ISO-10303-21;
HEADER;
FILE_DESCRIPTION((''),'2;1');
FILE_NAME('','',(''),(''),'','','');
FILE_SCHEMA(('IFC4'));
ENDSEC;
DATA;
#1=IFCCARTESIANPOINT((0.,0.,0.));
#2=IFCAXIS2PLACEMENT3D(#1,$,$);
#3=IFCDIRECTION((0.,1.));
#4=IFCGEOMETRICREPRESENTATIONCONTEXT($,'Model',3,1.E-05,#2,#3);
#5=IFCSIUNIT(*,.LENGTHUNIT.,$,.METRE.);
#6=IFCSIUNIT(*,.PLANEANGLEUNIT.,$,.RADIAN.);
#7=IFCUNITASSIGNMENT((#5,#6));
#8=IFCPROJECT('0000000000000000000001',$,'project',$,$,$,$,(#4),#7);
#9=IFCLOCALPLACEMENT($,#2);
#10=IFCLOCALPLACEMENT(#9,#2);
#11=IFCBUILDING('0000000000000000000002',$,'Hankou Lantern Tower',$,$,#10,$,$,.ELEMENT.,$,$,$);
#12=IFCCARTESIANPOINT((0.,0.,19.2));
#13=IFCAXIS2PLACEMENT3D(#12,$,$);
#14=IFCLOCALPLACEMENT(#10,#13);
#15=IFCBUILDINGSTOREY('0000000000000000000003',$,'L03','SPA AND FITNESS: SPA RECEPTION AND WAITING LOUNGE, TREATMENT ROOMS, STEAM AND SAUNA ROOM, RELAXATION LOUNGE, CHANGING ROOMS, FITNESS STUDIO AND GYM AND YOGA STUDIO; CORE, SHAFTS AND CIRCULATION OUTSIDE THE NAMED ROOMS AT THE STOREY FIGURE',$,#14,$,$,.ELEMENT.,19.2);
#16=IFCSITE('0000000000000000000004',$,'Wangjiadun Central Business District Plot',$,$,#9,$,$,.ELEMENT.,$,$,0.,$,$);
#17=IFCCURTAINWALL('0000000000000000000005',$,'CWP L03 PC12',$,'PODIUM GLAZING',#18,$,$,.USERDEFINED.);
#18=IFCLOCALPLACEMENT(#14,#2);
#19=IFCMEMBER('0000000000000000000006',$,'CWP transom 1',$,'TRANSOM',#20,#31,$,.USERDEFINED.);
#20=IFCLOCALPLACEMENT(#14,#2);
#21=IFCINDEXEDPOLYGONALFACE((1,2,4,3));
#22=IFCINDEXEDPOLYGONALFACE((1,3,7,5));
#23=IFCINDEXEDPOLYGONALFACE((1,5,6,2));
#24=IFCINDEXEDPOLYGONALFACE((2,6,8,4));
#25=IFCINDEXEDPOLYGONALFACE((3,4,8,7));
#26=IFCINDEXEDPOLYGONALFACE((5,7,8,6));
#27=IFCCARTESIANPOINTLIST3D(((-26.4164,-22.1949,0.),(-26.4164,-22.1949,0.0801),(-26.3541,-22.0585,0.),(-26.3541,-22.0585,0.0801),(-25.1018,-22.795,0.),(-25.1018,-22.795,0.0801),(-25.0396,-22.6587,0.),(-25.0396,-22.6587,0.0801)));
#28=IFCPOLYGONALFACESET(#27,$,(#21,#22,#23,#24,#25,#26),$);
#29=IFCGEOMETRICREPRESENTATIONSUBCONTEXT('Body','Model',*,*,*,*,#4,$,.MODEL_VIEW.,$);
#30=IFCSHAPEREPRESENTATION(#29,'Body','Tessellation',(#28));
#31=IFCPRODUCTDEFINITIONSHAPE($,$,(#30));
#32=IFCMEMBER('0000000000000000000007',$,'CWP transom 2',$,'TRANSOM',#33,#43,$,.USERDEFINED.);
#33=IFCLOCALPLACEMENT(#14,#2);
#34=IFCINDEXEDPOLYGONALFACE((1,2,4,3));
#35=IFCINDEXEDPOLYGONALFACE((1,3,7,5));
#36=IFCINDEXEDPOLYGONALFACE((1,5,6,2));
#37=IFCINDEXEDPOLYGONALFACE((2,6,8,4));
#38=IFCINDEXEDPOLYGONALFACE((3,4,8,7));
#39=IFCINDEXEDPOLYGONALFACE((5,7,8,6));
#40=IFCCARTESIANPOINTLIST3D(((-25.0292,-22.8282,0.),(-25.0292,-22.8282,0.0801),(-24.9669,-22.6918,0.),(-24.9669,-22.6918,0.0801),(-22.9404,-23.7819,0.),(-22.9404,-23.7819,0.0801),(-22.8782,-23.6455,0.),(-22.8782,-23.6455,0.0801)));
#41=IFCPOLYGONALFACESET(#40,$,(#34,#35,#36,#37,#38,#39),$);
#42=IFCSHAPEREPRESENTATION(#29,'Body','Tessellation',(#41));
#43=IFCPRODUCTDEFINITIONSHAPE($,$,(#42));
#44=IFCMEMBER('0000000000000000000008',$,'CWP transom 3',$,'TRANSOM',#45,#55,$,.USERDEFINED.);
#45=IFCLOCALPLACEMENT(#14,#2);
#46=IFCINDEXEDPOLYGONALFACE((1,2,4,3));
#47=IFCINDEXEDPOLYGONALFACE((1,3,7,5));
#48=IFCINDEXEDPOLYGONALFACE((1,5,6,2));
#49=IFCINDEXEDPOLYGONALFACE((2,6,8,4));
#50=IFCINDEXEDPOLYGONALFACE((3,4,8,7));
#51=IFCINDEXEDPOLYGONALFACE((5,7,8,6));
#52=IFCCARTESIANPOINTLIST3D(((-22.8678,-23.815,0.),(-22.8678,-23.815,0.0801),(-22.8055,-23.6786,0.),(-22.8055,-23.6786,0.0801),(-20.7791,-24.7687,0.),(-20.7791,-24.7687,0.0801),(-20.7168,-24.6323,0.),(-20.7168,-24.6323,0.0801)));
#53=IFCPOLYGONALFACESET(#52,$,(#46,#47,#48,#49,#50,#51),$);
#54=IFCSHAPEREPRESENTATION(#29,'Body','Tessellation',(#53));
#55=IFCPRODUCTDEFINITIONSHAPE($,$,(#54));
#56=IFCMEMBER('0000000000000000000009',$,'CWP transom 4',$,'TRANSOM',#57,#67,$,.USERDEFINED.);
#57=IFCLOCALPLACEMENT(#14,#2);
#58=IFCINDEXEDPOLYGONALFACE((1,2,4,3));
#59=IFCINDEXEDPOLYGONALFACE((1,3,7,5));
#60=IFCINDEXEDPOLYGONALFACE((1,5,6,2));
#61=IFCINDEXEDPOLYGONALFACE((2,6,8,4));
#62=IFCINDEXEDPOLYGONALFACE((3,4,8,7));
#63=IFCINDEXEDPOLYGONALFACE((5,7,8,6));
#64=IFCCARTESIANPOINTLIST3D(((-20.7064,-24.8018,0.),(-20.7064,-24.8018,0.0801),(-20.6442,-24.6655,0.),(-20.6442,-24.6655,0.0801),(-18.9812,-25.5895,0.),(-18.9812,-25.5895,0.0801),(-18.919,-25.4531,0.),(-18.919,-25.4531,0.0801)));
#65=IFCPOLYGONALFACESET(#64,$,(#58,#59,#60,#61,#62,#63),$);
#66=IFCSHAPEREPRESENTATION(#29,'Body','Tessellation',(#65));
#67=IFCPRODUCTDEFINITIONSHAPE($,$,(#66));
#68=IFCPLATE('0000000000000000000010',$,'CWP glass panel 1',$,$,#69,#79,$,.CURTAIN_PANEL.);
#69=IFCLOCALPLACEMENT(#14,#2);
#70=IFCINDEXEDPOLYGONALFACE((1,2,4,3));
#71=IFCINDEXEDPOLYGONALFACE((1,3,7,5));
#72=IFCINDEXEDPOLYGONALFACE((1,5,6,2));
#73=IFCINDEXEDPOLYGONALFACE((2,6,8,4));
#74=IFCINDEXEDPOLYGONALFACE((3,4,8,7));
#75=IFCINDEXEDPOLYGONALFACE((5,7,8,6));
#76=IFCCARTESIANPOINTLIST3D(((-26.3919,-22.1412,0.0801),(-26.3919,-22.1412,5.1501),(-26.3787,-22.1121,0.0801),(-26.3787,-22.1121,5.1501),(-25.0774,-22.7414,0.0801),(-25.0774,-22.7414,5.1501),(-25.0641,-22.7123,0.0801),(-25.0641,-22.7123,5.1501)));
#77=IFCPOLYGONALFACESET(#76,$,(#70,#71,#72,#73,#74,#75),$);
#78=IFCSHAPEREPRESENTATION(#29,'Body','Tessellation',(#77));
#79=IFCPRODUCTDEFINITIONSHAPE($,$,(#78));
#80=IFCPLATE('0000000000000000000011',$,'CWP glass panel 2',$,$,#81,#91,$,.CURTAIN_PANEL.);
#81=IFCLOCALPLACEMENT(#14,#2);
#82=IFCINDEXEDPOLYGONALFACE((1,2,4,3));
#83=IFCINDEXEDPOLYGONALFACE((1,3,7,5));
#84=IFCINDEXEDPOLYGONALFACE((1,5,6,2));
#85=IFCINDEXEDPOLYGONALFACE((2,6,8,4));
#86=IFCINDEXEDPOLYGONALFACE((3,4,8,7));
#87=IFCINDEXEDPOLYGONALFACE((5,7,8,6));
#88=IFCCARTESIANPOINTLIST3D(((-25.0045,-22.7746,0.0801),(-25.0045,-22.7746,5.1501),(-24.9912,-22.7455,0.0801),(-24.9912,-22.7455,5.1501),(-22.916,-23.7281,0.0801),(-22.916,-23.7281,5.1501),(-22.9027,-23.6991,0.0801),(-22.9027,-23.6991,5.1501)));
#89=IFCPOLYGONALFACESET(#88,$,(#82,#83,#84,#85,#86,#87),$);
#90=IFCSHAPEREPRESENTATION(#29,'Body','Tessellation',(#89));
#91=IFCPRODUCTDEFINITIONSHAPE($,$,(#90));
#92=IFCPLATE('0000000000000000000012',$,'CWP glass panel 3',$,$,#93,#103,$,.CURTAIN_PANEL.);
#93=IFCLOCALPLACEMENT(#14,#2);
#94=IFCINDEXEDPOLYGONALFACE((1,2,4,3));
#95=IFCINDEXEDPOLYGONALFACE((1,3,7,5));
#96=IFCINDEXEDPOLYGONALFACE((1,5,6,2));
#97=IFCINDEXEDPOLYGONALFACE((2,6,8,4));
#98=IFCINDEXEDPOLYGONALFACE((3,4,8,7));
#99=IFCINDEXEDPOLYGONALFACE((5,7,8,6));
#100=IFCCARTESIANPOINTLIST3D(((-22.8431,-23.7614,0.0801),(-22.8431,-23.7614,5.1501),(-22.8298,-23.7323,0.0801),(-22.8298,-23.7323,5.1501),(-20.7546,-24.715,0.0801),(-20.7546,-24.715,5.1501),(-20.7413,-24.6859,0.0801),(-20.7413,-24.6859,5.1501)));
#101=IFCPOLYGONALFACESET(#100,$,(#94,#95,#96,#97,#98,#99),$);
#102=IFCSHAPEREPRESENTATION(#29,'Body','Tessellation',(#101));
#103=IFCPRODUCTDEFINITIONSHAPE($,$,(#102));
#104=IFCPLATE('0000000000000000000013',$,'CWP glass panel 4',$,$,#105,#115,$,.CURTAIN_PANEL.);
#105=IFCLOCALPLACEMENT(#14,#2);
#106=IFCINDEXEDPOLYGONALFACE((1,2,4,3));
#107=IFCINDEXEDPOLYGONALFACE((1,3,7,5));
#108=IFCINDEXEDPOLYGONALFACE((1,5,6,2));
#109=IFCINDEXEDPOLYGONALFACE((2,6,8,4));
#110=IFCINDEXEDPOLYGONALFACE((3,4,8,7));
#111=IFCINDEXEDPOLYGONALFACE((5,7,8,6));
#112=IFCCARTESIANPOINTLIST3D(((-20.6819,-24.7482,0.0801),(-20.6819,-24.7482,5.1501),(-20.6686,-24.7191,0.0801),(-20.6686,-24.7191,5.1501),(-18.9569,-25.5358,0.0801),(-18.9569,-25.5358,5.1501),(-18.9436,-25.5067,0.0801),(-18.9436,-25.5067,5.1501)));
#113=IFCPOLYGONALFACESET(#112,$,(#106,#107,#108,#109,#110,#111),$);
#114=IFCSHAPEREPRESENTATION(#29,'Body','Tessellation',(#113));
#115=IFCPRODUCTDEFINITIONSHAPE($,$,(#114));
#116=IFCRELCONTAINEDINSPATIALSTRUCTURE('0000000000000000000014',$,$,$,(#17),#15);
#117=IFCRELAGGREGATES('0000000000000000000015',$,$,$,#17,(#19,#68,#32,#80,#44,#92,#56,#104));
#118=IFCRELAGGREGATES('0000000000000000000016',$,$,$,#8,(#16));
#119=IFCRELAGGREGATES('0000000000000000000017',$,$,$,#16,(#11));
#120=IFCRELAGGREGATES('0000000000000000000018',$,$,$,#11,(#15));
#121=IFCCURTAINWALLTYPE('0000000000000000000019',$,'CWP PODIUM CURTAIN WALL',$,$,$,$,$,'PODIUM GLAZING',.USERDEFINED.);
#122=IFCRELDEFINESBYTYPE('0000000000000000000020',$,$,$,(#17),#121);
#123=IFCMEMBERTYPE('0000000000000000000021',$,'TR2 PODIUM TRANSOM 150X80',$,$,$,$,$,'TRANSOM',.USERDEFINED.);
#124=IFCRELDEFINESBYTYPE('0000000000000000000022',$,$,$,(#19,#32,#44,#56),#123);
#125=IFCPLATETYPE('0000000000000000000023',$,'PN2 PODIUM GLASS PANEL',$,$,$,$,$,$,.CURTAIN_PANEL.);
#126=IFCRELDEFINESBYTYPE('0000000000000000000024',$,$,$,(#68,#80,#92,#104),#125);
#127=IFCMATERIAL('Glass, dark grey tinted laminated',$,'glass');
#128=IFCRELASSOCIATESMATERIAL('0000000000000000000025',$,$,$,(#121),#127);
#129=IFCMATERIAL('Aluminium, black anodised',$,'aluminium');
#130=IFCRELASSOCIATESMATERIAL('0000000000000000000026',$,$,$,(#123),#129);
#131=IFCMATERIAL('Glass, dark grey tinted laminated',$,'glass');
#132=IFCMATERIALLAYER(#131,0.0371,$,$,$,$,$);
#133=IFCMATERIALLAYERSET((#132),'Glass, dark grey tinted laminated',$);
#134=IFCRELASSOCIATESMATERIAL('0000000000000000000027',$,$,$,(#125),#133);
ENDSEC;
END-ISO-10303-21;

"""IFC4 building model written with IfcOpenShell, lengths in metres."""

from ifc_helpers import new_model, si_unit, direction, frame, origin, origin_2d, place, context, subcontext, project, spatial, rectangle, extrude, material, layer, layer_set, material_profile, profile_set, type_object, element, aggregate, save


model = new_model("IFC4")

# Units and contexts
model_context = context("Model", 3, precision=1e-05, world=origin(), true_north=direction((0.0, 1.0)))
body_context = subcontext(model_context, "Body", "Model", "MODEL_VIEW")
ifc_project = project(units=[si_unit("LENGTHUNIT", "METRE"), si_unit("PLANEANGLEUNIT", "RADIAN")], contexts=[model_context])

# Site, building, storey
site_placement = place(None, origin())
site = spatial("IfcSite", under=ifc_project, at=site_placement, Name="Wangjiadun Central Business District Plot", CompositionType="ELEMENT", RefElevation=0.0)
building_placement = place(site_placement, origin())
building = spatial("IfcBuilding", under=site, at=building_placement, Name="Hankou Lantern Tower", CompositionType="ELEMENT")
storey_placement = place(building_placement, frame((0.0, 0.0, 19.2)))
storey = spatial("IfcBuildingStorey", under=building, at=storey_placement, Name="L03", Description="SPA AND FITNESS: SPA RECEPTION AND WAITING LOUNGE, TREATMENT ROOMS, STEAM AND SAUNA ROOM, RELAXATION LOUNGE, CHANGING ROOMS, FITNESS STUDIO AND GYM AND YOGA STUDIO; CORE, SHAFTS AND CIRCULATION OUTSIDE THE NAMED ROOMS AT THE STOREY FIGURE", CompositionType="ELEMENT", Elevation=19.2)

# Curtain wall
ifc_material_1 = material(Name="Glass, dark grey tinted laminated", Category="glass")
curtain_wall_type = type_object("IfcCurtainWallType", Name="CWP PODIUM CURTAIN WALL", ElementType="PODIUM GLAZING", PredefinedType="USERDEFINED", material=ifc_material_1)
curtain_wall_placement = place(storey_placement, origin())
curtain_wall = element("IfcCurtainWall", 1, at=curtain_wall_placement, inside=storey, type_object=curtain_wall_type, Name="CWP L03 PC12", ObjectType="PODIUM GLAZING", PredefinedType="USERDEFINED")

# Members
ifc_material_2 = material(Name="Aluminium, black anodised", Category="aluminium")
ifc_material_profile_1 = material_profile(ifc_material_2, rectangle(XDim=0.1499, YDim=0.0801, at=origin_2d()), Name="TR2 150X80")
ifc_profile_set_1 = profile_set([ifc_material_profile_1], Name="Aluminium, black anodised")
member_type_1 = type_object("IfcMemberType", Name="TR2 PODIUM TRANSOM 150X80", ElementType="TRANSOM", PredefinedType="USERDEFINED", material=ifc_profile_set_1)
member_1_placement = place(storey_placement, frame((-26.3853, -22.1267, 0.04), z_axis=(0.909682, -0.415305, 0.0), x_axis=(0.415305, 0.909682, 0.0)))
member_1 = element("IfcMember", 2, at=member_1_placement, type_object=member_type_1, Name="CWP transom 1", ObjectType="TRANSOM", PredefinedType="USERDEFINED", context=body_context, shape_type="SweptSolid", body=[
    extrude(rectangle(XDim=0.1499, YDim=0.0801, at=origin_2d()), origin(), (0.0, 0.0, 1.0), 1.4451),
])
member_2_placement = place(storey_placement, frame((-24.998, -22.76, 0.04), z_axis=(0.90967, -0.415333, 0.0), x_axis=(0.415333, 0.90967, 0.0)))
member_2 = element("IfcMember", 3, at=member_2_placement, type_object=member_type_1, Name="CWP transom 2", ObjectType="TRANSOM", PredefinedType="USERDEFINED", context=body_context, shape_type="SweptSolid", body=[
    extrude(rectangle(XDim=0.1499, YDim=0.0801, at=origin_2d()), origin(), (0.0, 0.0, 1.0), 2.2961),
])
member_3_placement = place(storey_placement, frame((-22.8367, -23.7468, 0.04), z_axis=(0.90967, -0.415333, 0.0), x_axis=(0.415333, 0.90967, 0.0)))
member_3 = element("IfcMember", 4, at=member_3_placement, type_object=member_type_1, Name="CWP transom 3", ObjectType="TRANSOM", PredefinedType="USERDEFINED", context=body_context, shape_type="SweptSolid", body=[
    extrude(rectangle(XDim=0.1499, YDim=0.0801, at=origin_2d()), origin(), (0.0, 0.0, 1.0), 2.2961),
])
member_4_placement = place(storey_placement, frame((-20.6753, -24.7336, 0.04), z_axis=(0.909677, -0.415316, 0.0), x_axis=(0.415316, 0.909677, 0.0)))
member_4 = element("IfcMember", 5, at=member_4_placement, type_object=member_type_1, Name="CWP transom 4", ObjectType="TRANSOM", PredefinedType="USERDEFINED", context=body_context, shape_type="SweptSolid", body=[
    extrude(rectangle(XDim=0.1499, YDim=0.0801, at=origin_2d()), origin(), (0.0, 0.0, 1.0), 1.8965),
])

# Plates
ifc_material_3 = material(Name="Glass, dark grey tinted laminated", Category="glass")
ifc_layer = layer(ifc_material_3, 0.0371)
ifc_layer_set = layer_set([ifc_layer], Name="Glass, dark grey tinted laminated")
plate_type = type_object("IfcPlateType", Name="PN2 PODIUM GLASS PANEL", PredefinedType="CURTAIN_PANEL", material=ifc_layer_set)
plate_1_placement = place(storey_placement, frame((-25.728, -22.4268, 0.0801), z_axis=(0.0, 0.0, 1.0), x_axis=(0.90967, -0.415332, 0.0)))
plate_1 = element("IfcPlate", 6, at=plate_1_placement, type_object=plate_type, Name="CWP glass panel 1", PredefinedType="CURTAIN_PANEL", context=body_context, shape_type="SweptSolid", body=[
    extrude(rectangle(XDim=1.4451, YDim=0.032, at=origin_2d()), origin(), (0.0, 0.0, 1.0), 5.0701),
])
plate_2_placement = place(storey_placement, frame((-23.9536, -23.2368, 0.0801), z_axis=(0.0, 0.0, 1.0), x_axis=(0.90967, -0.415332, 0.0)))
plate_2 = element("IfcPlate", 7, at=plate_2_placement, type_object=plate_type, Name="CWP glass panel 2", PredefinedType="CURTAIN_PANEL", context=body_context, shape_type="SweptSolid", body=[
    extrude(rectangle(XDim=2.2959, YDim=0.032, at=origin_2d()), origin(), (0.0, 0.0, 1.0), 5.0701),
])
plate_3_placement = place(storey_placement, frame((-21.7922, -24.2236, 0.0801), z_axis=(0.0, 0.0, 1.0), x_axis=(0.90967, -0.415332, 0.0)))
plate_3 = element("IfcPlate", 8, at=plate_3_placement, type_object=plate_type, Name="CWP glass panel 3", PredefinedType="CURTAIN_PANEL", context=body_context, shape_type="SweptSolid", body=[
    extrude(rectangle(XDim=2.2959, YDim=0.032, at=origin_2d()), origin(), (0.0, 0.0, 1.0), 5.0701),
])
plate_4_placement = place(storey_placement, frame((-19.8127, -25.1274, 0.0801), z_axis=(0.0, 0.0, 1.0), x_axis=(0.90967, -0.415332, 0.0)))
plate_4 = element("IfcPlate", 9, at=plate_4_placement, type_object=plate_type, Name="CWP glass panel 4", PredefinedType="CURTAIN_PANEL", context=body_context, shape_type="SweptSolid", body=[
    extrude(rectangle(XDim=1.8962, YDim=0.032, at=origin_2d()), origin(), (0.0, 0.0, 1.0), 5.0701),
])
aggregate(curtain_wall, [member_1, plate_1, member_2, plate_2, member_3, plate_3, member_4, plate_4])

save(model, "model.ifc")
